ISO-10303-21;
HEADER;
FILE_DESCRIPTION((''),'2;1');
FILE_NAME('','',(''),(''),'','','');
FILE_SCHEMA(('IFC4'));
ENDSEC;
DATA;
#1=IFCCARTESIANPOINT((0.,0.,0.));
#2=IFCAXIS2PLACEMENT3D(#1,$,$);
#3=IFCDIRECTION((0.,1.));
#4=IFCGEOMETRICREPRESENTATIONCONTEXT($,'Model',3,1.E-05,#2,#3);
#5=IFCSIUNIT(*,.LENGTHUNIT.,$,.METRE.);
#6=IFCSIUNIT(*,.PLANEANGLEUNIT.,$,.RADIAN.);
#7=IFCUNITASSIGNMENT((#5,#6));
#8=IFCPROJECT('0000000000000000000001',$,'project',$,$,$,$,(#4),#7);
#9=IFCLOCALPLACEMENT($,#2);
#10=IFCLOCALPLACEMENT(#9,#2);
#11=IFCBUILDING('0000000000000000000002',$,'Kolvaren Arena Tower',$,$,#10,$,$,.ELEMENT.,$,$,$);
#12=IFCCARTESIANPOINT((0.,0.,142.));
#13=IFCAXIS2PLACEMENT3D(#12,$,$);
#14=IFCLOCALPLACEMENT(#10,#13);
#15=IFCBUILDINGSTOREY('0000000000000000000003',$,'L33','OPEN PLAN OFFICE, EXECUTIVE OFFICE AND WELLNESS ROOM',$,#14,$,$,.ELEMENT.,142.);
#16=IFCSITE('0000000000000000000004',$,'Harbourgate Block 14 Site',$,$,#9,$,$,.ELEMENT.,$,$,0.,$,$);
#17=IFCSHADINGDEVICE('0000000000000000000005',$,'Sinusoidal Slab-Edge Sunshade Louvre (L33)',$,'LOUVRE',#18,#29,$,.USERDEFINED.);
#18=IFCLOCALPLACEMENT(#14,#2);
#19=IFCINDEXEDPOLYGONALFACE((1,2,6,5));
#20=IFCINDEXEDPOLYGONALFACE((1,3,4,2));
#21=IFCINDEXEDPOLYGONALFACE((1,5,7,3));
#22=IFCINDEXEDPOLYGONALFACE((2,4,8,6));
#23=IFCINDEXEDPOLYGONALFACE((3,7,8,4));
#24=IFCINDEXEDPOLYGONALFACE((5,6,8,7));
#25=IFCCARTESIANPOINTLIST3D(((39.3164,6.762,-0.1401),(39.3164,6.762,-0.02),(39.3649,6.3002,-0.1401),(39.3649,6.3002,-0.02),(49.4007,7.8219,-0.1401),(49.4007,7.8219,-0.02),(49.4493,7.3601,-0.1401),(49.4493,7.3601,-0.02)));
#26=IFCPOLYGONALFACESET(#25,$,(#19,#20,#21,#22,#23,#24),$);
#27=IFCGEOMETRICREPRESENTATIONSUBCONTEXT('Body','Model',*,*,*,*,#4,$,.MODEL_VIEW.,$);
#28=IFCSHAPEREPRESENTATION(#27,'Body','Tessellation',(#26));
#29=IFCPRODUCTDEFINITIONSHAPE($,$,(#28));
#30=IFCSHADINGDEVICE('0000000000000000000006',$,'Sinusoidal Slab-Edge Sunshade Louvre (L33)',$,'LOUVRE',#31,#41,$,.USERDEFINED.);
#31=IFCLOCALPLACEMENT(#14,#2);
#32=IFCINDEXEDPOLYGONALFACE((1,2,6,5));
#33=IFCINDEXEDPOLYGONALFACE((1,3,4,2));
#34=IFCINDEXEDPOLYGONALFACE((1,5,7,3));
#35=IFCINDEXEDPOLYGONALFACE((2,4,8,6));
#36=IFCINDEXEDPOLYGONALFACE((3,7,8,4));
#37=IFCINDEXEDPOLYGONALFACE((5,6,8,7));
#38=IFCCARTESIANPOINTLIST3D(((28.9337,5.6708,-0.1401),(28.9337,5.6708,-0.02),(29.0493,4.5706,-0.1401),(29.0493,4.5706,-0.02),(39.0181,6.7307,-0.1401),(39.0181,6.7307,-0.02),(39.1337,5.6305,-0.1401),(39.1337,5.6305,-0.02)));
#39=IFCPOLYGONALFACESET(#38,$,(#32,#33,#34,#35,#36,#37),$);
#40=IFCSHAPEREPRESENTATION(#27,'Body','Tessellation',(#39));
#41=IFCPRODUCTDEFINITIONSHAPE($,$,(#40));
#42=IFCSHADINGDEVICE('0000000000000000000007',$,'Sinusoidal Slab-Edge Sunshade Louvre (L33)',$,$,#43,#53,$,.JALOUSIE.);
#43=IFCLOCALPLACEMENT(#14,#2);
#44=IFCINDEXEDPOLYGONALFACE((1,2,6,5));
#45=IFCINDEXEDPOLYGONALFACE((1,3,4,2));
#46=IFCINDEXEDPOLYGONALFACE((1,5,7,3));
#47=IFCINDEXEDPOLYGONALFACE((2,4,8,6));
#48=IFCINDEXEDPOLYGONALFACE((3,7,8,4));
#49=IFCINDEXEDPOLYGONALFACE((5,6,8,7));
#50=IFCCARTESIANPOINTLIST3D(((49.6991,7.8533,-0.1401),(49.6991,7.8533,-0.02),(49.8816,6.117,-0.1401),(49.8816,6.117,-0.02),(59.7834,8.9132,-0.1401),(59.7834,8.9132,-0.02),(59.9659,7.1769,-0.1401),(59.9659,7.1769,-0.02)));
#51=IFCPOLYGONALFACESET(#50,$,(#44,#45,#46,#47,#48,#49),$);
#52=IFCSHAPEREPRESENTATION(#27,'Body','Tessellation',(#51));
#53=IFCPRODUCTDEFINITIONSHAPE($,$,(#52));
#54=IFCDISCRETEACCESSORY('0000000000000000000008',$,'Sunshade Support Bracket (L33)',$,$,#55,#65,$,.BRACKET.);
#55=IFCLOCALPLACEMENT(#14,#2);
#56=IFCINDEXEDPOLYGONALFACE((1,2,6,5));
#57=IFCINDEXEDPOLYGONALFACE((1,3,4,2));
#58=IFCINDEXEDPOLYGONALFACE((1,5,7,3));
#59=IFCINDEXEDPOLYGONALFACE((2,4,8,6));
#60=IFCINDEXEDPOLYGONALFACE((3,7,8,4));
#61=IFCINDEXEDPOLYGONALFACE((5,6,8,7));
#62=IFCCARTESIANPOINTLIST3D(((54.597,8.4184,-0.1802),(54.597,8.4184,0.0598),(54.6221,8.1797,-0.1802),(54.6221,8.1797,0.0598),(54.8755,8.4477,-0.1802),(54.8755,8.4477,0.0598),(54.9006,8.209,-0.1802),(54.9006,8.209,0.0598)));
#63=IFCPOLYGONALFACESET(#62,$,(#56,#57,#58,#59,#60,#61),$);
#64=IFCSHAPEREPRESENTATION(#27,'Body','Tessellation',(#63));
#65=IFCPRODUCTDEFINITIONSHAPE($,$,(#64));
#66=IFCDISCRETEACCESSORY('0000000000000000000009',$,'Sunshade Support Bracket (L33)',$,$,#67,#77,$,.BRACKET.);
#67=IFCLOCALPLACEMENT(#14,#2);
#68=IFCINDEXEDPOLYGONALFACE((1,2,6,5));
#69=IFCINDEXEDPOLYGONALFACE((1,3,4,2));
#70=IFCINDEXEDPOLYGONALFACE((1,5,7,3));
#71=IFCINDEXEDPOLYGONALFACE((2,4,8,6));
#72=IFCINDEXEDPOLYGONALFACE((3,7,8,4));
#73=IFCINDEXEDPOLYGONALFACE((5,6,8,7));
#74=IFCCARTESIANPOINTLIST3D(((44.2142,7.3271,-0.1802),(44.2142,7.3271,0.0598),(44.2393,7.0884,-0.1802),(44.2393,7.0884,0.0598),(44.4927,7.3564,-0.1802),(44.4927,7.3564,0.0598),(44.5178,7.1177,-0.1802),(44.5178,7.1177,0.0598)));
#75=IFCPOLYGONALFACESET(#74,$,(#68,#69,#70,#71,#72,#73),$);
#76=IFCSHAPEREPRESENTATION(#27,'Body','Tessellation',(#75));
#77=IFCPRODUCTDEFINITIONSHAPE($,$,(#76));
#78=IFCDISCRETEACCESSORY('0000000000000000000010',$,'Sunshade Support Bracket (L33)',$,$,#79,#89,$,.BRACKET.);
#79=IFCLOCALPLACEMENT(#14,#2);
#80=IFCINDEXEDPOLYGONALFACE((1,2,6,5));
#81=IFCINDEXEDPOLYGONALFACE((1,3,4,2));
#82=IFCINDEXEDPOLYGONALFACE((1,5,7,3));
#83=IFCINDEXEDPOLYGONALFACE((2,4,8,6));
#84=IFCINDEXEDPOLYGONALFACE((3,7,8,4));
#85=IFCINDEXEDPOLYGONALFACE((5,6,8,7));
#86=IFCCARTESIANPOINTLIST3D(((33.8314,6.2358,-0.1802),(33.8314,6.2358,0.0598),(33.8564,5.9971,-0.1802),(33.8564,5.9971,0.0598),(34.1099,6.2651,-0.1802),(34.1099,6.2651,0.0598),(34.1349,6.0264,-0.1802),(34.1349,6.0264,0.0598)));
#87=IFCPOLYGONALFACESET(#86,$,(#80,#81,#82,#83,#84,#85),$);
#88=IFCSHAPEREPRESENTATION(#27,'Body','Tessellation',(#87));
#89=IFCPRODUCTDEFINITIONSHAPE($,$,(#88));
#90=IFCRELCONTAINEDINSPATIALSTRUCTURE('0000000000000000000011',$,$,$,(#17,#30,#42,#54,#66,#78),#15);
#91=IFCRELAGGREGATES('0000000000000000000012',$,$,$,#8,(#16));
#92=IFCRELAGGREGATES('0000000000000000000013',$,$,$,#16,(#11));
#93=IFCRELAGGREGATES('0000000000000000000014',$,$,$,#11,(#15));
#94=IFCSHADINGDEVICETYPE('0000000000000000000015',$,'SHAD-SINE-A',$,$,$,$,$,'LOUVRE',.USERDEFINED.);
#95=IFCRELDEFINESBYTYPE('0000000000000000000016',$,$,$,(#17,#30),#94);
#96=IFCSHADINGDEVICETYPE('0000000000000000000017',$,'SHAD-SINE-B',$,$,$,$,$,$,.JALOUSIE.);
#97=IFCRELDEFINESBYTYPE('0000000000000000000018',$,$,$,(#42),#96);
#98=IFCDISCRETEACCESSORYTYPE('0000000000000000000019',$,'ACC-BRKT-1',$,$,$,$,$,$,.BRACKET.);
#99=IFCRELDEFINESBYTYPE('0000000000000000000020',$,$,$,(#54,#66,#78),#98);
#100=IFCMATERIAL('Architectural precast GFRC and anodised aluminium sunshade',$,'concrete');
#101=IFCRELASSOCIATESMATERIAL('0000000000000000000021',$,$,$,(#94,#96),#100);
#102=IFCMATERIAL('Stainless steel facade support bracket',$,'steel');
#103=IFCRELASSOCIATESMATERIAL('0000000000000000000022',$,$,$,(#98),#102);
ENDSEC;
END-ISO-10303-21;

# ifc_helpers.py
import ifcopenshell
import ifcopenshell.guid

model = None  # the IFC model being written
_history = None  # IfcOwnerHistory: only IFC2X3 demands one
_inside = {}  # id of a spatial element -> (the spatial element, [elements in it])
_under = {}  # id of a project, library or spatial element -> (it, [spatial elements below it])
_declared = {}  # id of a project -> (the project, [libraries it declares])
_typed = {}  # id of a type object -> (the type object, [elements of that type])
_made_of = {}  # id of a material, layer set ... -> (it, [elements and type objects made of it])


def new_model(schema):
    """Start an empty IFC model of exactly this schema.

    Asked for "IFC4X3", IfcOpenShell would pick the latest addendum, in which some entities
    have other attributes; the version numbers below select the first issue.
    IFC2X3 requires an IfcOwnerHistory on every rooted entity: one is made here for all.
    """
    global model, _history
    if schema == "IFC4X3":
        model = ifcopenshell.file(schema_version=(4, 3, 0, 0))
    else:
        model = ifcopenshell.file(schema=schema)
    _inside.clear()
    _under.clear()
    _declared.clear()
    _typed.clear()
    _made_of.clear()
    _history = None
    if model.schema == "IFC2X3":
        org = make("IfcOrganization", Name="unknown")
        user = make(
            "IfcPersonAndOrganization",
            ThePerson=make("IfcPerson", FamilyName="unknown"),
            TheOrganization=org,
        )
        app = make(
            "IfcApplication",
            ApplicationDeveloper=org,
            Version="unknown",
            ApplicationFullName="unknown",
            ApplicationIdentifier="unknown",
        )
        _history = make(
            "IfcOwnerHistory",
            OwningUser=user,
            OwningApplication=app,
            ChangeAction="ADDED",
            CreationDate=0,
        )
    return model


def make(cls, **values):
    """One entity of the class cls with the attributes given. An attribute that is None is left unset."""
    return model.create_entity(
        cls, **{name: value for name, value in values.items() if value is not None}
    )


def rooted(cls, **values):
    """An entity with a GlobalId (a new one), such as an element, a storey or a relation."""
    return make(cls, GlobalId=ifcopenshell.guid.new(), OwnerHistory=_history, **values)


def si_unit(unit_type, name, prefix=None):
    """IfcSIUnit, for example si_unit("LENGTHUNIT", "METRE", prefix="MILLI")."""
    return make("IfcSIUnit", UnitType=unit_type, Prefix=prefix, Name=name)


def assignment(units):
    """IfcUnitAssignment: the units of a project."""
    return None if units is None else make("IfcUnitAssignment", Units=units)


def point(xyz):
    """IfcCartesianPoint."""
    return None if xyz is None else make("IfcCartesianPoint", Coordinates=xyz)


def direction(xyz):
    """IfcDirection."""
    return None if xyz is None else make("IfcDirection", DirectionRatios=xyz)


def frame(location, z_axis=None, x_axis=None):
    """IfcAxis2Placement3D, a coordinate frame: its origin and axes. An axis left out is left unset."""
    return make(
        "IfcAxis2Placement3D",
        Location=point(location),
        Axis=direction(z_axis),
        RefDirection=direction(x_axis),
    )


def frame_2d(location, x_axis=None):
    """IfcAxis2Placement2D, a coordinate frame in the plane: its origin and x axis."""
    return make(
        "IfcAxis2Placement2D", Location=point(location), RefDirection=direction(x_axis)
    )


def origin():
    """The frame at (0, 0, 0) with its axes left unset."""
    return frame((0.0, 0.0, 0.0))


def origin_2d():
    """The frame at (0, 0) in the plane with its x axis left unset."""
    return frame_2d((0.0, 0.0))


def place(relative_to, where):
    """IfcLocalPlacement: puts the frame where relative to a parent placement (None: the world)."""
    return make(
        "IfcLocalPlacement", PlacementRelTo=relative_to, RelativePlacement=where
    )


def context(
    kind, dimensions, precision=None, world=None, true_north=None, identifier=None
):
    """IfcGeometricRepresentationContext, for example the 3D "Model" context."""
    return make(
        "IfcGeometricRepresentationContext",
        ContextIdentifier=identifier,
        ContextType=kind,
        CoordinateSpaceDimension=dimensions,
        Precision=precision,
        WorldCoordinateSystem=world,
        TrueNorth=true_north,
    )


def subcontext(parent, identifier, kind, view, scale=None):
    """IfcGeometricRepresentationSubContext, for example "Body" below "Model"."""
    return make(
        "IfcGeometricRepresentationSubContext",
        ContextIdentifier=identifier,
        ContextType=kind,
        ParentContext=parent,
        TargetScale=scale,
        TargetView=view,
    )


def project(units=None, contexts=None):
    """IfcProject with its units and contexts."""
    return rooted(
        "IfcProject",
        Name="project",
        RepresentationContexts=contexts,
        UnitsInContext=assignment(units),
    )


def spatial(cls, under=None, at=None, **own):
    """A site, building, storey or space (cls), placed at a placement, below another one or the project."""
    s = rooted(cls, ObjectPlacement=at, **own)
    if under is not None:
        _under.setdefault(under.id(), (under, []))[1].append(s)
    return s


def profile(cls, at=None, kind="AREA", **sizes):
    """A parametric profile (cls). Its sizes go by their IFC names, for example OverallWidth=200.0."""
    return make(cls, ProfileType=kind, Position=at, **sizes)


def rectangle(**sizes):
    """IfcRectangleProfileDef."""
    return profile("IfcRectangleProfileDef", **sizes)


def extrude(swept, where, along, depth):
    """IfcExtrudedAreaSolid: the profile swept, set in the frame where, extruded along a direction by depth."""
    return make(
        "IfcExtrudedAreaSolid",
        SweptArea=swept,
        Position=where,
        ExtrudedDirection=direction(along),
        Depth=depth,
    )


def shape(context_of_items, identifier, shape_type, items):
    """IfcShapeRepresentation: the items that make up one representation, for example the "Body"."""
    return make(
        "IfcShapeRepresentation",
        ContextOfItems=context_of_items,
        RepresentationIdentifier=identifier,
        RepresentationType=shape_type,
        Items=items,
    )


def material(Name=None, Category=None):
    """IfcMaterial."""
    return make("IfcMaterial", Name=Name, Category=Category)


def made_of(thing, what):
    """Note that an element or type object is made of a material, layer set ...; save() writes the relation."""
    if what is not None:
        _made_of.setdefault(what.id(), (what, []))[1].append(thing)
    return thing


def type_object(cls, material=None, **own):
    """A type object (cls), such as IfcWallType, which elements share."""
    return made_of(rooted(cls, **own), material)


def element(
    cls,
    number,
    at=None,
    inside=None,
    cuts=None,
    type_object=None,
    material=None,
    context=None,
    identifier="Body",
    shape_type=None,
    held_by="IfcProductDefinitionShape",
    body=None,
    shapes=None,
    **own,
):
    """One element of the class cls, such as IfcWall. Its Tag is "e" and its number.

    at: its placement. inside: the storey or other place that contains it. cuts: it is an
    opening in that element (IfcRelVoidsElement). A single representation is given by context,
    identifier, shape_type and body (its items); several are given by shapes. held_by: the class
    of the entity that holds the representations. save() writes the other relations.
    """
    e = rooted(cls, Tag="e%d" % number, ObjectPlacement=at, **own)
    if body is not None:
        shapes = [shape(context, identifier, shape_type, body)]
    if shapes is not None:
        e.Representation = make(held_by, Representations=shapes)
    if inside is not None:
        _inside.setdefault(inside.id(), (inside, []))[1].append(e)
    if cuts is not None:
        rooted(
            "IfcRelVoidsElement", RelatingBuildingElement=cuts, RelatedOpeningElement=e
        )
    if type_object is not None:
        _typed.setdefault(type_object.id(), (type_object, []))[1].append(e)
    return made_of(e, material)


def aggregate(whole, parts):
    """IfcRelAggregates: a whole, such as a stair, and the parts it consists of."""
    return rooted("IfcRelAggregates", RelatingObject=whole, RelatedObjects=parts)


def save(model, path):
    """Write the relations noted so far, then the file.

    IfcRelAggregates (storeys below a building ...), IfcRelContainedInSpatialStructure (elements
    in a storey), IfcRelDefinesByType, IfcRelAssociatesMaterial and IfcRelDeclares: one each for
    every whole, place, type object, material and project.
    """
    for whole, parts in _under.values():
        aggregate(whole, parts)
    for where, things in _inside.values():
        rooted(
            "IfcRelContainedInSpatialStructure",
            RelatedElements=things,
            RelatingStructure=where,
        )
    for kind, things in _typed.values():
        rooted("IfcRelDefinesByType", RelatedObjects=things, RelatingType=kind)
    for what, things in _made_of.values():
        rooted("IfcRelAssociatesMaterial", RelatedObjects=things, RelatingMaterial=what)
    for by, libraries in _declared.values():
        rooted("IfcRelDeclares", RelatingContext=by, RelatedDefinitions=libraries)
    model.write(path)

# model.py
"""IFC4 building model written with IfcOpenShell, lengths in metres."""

from ifc_helpers import new_model, si_unit, direction, frame, origin, origin_2d, place, context, subcontext, project, spatial, rectangle, extrude, material, type_object, element, save


model = new_model("IFC4")

# Units and contexts
model_context = context("Model", 3, precision=1e-05, world=origin(), true_north=direction((0.0, 1.0)))
body_context = subcontext(model_context, "Body", "Model", "MODEL_VIEW")
ifc_project = project(units=[si_unit("LENGTHUNIT", "METRE"), si_unit("PLANEANGLEUNIT", "RADIAN")], contexts=[model_context])

# Site, building, storey
site_placement = place(None, origin())
site = spatial("IfcSite", under=ifc_project, at=site_placement, Name="Harbourgate Block 14 Site", CompositionType="ELEMENT", RefElevation=0.0)
building_placement = place(site_placement, origin())
building = spatial("IfcBuilding", under=site, at=building_placement, Name="Kolvaren Arena Tower", CompositionType="ELEMENT")
storey_placement = place(building_placement, frame((0.0, 0.0, 142.0)))
storey = spatial("IfcBuildingStorey", under=building, at=storey_placement, Name="L33", Description="OPEN PLAN OFFICE, EXECUTIVE OFFICE AND WELLNESS ROOM", CompositionType="ELEMENT", Elevation=142.0)

# Shading devices
ifc_material_1 = material(Name="Architectural precast GFRC and anodised aluminium sunshade", Category="concrete")
shading_device_type_1 = type_object("IfcShadingDeviceType", Name="SHAD-SINE-A", ElementType="LOUVRE", PredefinedType="USERDEFINED", material=ifc_material_1)
shading_device_1_placement = place(storey_placement, frame((44.3828, 7.061, -0.1401), z_axis=(0.0, 0.0, 1.0), x_axis=(-0.994522, -0.104527, 0.0)))
element("IfcShadingDevice", 1, at=shading_device_1_placement, inside=storey, type_object=shading_device_type_1, Name="Sinusoidal Slab-Edge Sunshade Louvre (L33)", ObjectType="LOUVRE", PredefinedType="USERDEFINED", context=body_context, shape_type="SweptSolid", body=[
    extrude(rectangle(XDim=10.1399, YDim=0.4644, at=origin_2d()), origin(), (0.0, 0.0, 1.0), 0.1201),
])
shading_device_2_placement = place(storey_placement, frame((34.0337, 5.6506, -0.1401), z_axis=(0.0, 0.0, 1.0), x_axis=(-0.994522, -0.104527, 0.0)))
element("IfcShadingDevice", 2, at=shading_device_2_placement, inside=storey, type_object=shading_device_type_1, Name="Sinusoidal Slab-Edge Sunshade Louvre (L33)", ObjectType="LOUVRE", PredefinedType="USERDEFINED", context=body_context, shape_type="SweptSolid", body=[
    extrude(rectangle(XDim=10.1399, YDim=1.1062, at=origin_2d()), origin(), (0.0, 0.0, 1.0), 0.1201),
])
shading_device_type_2 = type_object("IfcShadingDeviceType", Name="SHAD-SINE-B", PredefinedType="JALOUSIE", material=ifc_material_1)
shading_device_3_placement = place(storey_placement, frame((54.8325, 7.5151, -0.1401), z_axis=(0.0, 0.0, 1.0), x_axis=(-0.994522, -0.104527, 0.0)))
element("IfcShadingDevice", 3, at=shading_device_3_placement, inside=storey, type_object=shading_device_type_2, Name="Sinusoidal Slab-Edge Sunshade Louvre (L33)", PredefinedType="JALOUSIE", context=body_context, shape_type="SweptSolid", body=[
    extrude(rectangle(XDim=10.1399, YDim=1.7458, at=origin_2d()), origin(), (0.0, 0.0, 1.0), 0.1201),
])

# Discrete accessories
ifc_material_2 = material(Name="Stainless steel facade support bracket", Category="steel")
discrete_accessory_type = type_object("IfcDiscreteAccessoryType", Name="ACC-BRKT-1", PredefinedType="BRACKET", material=ifc_material_2)
for number, where, z_axis, x_axis, name in (
    (4, (54.7488, 8.3137, -0.1802), (0.0, 0.0, 1.0), (-0.994522, -0.104527, 0.0), "Sunshade Support Bracket (L33)"),
    (5, (44.366, 7.2224, -0.1802), (0.0, 0.0, 1.0), (-0.994522, -0.104527, 0.0), "Sunshade Support Bracket (L33)"),
    (6, (33.9832, 6.1311, -0.1802), (0.0, 0.0, 1.0), (-0.994522, -0.104527, 0.0), "Sunshade Support Bracket (L33)"),
):
    element("IfcDiscreteAccessory", number, at=place(storey_placement, frame(where, z_axis=z_axis, x_axis=x_axis)), inside=storey, type_object=discrete_accessory_type, Name=name, PredefinedType="BRACKET", context=body_context, shape_type="SweptSolid", body=[
        extrude(rectangle(XDim=0.28, YDim=0.24, at=origin_2d()), origin(), (0.0, 0.0, 1.0), 0.24),
    ])

save(model, "model.ifc")
